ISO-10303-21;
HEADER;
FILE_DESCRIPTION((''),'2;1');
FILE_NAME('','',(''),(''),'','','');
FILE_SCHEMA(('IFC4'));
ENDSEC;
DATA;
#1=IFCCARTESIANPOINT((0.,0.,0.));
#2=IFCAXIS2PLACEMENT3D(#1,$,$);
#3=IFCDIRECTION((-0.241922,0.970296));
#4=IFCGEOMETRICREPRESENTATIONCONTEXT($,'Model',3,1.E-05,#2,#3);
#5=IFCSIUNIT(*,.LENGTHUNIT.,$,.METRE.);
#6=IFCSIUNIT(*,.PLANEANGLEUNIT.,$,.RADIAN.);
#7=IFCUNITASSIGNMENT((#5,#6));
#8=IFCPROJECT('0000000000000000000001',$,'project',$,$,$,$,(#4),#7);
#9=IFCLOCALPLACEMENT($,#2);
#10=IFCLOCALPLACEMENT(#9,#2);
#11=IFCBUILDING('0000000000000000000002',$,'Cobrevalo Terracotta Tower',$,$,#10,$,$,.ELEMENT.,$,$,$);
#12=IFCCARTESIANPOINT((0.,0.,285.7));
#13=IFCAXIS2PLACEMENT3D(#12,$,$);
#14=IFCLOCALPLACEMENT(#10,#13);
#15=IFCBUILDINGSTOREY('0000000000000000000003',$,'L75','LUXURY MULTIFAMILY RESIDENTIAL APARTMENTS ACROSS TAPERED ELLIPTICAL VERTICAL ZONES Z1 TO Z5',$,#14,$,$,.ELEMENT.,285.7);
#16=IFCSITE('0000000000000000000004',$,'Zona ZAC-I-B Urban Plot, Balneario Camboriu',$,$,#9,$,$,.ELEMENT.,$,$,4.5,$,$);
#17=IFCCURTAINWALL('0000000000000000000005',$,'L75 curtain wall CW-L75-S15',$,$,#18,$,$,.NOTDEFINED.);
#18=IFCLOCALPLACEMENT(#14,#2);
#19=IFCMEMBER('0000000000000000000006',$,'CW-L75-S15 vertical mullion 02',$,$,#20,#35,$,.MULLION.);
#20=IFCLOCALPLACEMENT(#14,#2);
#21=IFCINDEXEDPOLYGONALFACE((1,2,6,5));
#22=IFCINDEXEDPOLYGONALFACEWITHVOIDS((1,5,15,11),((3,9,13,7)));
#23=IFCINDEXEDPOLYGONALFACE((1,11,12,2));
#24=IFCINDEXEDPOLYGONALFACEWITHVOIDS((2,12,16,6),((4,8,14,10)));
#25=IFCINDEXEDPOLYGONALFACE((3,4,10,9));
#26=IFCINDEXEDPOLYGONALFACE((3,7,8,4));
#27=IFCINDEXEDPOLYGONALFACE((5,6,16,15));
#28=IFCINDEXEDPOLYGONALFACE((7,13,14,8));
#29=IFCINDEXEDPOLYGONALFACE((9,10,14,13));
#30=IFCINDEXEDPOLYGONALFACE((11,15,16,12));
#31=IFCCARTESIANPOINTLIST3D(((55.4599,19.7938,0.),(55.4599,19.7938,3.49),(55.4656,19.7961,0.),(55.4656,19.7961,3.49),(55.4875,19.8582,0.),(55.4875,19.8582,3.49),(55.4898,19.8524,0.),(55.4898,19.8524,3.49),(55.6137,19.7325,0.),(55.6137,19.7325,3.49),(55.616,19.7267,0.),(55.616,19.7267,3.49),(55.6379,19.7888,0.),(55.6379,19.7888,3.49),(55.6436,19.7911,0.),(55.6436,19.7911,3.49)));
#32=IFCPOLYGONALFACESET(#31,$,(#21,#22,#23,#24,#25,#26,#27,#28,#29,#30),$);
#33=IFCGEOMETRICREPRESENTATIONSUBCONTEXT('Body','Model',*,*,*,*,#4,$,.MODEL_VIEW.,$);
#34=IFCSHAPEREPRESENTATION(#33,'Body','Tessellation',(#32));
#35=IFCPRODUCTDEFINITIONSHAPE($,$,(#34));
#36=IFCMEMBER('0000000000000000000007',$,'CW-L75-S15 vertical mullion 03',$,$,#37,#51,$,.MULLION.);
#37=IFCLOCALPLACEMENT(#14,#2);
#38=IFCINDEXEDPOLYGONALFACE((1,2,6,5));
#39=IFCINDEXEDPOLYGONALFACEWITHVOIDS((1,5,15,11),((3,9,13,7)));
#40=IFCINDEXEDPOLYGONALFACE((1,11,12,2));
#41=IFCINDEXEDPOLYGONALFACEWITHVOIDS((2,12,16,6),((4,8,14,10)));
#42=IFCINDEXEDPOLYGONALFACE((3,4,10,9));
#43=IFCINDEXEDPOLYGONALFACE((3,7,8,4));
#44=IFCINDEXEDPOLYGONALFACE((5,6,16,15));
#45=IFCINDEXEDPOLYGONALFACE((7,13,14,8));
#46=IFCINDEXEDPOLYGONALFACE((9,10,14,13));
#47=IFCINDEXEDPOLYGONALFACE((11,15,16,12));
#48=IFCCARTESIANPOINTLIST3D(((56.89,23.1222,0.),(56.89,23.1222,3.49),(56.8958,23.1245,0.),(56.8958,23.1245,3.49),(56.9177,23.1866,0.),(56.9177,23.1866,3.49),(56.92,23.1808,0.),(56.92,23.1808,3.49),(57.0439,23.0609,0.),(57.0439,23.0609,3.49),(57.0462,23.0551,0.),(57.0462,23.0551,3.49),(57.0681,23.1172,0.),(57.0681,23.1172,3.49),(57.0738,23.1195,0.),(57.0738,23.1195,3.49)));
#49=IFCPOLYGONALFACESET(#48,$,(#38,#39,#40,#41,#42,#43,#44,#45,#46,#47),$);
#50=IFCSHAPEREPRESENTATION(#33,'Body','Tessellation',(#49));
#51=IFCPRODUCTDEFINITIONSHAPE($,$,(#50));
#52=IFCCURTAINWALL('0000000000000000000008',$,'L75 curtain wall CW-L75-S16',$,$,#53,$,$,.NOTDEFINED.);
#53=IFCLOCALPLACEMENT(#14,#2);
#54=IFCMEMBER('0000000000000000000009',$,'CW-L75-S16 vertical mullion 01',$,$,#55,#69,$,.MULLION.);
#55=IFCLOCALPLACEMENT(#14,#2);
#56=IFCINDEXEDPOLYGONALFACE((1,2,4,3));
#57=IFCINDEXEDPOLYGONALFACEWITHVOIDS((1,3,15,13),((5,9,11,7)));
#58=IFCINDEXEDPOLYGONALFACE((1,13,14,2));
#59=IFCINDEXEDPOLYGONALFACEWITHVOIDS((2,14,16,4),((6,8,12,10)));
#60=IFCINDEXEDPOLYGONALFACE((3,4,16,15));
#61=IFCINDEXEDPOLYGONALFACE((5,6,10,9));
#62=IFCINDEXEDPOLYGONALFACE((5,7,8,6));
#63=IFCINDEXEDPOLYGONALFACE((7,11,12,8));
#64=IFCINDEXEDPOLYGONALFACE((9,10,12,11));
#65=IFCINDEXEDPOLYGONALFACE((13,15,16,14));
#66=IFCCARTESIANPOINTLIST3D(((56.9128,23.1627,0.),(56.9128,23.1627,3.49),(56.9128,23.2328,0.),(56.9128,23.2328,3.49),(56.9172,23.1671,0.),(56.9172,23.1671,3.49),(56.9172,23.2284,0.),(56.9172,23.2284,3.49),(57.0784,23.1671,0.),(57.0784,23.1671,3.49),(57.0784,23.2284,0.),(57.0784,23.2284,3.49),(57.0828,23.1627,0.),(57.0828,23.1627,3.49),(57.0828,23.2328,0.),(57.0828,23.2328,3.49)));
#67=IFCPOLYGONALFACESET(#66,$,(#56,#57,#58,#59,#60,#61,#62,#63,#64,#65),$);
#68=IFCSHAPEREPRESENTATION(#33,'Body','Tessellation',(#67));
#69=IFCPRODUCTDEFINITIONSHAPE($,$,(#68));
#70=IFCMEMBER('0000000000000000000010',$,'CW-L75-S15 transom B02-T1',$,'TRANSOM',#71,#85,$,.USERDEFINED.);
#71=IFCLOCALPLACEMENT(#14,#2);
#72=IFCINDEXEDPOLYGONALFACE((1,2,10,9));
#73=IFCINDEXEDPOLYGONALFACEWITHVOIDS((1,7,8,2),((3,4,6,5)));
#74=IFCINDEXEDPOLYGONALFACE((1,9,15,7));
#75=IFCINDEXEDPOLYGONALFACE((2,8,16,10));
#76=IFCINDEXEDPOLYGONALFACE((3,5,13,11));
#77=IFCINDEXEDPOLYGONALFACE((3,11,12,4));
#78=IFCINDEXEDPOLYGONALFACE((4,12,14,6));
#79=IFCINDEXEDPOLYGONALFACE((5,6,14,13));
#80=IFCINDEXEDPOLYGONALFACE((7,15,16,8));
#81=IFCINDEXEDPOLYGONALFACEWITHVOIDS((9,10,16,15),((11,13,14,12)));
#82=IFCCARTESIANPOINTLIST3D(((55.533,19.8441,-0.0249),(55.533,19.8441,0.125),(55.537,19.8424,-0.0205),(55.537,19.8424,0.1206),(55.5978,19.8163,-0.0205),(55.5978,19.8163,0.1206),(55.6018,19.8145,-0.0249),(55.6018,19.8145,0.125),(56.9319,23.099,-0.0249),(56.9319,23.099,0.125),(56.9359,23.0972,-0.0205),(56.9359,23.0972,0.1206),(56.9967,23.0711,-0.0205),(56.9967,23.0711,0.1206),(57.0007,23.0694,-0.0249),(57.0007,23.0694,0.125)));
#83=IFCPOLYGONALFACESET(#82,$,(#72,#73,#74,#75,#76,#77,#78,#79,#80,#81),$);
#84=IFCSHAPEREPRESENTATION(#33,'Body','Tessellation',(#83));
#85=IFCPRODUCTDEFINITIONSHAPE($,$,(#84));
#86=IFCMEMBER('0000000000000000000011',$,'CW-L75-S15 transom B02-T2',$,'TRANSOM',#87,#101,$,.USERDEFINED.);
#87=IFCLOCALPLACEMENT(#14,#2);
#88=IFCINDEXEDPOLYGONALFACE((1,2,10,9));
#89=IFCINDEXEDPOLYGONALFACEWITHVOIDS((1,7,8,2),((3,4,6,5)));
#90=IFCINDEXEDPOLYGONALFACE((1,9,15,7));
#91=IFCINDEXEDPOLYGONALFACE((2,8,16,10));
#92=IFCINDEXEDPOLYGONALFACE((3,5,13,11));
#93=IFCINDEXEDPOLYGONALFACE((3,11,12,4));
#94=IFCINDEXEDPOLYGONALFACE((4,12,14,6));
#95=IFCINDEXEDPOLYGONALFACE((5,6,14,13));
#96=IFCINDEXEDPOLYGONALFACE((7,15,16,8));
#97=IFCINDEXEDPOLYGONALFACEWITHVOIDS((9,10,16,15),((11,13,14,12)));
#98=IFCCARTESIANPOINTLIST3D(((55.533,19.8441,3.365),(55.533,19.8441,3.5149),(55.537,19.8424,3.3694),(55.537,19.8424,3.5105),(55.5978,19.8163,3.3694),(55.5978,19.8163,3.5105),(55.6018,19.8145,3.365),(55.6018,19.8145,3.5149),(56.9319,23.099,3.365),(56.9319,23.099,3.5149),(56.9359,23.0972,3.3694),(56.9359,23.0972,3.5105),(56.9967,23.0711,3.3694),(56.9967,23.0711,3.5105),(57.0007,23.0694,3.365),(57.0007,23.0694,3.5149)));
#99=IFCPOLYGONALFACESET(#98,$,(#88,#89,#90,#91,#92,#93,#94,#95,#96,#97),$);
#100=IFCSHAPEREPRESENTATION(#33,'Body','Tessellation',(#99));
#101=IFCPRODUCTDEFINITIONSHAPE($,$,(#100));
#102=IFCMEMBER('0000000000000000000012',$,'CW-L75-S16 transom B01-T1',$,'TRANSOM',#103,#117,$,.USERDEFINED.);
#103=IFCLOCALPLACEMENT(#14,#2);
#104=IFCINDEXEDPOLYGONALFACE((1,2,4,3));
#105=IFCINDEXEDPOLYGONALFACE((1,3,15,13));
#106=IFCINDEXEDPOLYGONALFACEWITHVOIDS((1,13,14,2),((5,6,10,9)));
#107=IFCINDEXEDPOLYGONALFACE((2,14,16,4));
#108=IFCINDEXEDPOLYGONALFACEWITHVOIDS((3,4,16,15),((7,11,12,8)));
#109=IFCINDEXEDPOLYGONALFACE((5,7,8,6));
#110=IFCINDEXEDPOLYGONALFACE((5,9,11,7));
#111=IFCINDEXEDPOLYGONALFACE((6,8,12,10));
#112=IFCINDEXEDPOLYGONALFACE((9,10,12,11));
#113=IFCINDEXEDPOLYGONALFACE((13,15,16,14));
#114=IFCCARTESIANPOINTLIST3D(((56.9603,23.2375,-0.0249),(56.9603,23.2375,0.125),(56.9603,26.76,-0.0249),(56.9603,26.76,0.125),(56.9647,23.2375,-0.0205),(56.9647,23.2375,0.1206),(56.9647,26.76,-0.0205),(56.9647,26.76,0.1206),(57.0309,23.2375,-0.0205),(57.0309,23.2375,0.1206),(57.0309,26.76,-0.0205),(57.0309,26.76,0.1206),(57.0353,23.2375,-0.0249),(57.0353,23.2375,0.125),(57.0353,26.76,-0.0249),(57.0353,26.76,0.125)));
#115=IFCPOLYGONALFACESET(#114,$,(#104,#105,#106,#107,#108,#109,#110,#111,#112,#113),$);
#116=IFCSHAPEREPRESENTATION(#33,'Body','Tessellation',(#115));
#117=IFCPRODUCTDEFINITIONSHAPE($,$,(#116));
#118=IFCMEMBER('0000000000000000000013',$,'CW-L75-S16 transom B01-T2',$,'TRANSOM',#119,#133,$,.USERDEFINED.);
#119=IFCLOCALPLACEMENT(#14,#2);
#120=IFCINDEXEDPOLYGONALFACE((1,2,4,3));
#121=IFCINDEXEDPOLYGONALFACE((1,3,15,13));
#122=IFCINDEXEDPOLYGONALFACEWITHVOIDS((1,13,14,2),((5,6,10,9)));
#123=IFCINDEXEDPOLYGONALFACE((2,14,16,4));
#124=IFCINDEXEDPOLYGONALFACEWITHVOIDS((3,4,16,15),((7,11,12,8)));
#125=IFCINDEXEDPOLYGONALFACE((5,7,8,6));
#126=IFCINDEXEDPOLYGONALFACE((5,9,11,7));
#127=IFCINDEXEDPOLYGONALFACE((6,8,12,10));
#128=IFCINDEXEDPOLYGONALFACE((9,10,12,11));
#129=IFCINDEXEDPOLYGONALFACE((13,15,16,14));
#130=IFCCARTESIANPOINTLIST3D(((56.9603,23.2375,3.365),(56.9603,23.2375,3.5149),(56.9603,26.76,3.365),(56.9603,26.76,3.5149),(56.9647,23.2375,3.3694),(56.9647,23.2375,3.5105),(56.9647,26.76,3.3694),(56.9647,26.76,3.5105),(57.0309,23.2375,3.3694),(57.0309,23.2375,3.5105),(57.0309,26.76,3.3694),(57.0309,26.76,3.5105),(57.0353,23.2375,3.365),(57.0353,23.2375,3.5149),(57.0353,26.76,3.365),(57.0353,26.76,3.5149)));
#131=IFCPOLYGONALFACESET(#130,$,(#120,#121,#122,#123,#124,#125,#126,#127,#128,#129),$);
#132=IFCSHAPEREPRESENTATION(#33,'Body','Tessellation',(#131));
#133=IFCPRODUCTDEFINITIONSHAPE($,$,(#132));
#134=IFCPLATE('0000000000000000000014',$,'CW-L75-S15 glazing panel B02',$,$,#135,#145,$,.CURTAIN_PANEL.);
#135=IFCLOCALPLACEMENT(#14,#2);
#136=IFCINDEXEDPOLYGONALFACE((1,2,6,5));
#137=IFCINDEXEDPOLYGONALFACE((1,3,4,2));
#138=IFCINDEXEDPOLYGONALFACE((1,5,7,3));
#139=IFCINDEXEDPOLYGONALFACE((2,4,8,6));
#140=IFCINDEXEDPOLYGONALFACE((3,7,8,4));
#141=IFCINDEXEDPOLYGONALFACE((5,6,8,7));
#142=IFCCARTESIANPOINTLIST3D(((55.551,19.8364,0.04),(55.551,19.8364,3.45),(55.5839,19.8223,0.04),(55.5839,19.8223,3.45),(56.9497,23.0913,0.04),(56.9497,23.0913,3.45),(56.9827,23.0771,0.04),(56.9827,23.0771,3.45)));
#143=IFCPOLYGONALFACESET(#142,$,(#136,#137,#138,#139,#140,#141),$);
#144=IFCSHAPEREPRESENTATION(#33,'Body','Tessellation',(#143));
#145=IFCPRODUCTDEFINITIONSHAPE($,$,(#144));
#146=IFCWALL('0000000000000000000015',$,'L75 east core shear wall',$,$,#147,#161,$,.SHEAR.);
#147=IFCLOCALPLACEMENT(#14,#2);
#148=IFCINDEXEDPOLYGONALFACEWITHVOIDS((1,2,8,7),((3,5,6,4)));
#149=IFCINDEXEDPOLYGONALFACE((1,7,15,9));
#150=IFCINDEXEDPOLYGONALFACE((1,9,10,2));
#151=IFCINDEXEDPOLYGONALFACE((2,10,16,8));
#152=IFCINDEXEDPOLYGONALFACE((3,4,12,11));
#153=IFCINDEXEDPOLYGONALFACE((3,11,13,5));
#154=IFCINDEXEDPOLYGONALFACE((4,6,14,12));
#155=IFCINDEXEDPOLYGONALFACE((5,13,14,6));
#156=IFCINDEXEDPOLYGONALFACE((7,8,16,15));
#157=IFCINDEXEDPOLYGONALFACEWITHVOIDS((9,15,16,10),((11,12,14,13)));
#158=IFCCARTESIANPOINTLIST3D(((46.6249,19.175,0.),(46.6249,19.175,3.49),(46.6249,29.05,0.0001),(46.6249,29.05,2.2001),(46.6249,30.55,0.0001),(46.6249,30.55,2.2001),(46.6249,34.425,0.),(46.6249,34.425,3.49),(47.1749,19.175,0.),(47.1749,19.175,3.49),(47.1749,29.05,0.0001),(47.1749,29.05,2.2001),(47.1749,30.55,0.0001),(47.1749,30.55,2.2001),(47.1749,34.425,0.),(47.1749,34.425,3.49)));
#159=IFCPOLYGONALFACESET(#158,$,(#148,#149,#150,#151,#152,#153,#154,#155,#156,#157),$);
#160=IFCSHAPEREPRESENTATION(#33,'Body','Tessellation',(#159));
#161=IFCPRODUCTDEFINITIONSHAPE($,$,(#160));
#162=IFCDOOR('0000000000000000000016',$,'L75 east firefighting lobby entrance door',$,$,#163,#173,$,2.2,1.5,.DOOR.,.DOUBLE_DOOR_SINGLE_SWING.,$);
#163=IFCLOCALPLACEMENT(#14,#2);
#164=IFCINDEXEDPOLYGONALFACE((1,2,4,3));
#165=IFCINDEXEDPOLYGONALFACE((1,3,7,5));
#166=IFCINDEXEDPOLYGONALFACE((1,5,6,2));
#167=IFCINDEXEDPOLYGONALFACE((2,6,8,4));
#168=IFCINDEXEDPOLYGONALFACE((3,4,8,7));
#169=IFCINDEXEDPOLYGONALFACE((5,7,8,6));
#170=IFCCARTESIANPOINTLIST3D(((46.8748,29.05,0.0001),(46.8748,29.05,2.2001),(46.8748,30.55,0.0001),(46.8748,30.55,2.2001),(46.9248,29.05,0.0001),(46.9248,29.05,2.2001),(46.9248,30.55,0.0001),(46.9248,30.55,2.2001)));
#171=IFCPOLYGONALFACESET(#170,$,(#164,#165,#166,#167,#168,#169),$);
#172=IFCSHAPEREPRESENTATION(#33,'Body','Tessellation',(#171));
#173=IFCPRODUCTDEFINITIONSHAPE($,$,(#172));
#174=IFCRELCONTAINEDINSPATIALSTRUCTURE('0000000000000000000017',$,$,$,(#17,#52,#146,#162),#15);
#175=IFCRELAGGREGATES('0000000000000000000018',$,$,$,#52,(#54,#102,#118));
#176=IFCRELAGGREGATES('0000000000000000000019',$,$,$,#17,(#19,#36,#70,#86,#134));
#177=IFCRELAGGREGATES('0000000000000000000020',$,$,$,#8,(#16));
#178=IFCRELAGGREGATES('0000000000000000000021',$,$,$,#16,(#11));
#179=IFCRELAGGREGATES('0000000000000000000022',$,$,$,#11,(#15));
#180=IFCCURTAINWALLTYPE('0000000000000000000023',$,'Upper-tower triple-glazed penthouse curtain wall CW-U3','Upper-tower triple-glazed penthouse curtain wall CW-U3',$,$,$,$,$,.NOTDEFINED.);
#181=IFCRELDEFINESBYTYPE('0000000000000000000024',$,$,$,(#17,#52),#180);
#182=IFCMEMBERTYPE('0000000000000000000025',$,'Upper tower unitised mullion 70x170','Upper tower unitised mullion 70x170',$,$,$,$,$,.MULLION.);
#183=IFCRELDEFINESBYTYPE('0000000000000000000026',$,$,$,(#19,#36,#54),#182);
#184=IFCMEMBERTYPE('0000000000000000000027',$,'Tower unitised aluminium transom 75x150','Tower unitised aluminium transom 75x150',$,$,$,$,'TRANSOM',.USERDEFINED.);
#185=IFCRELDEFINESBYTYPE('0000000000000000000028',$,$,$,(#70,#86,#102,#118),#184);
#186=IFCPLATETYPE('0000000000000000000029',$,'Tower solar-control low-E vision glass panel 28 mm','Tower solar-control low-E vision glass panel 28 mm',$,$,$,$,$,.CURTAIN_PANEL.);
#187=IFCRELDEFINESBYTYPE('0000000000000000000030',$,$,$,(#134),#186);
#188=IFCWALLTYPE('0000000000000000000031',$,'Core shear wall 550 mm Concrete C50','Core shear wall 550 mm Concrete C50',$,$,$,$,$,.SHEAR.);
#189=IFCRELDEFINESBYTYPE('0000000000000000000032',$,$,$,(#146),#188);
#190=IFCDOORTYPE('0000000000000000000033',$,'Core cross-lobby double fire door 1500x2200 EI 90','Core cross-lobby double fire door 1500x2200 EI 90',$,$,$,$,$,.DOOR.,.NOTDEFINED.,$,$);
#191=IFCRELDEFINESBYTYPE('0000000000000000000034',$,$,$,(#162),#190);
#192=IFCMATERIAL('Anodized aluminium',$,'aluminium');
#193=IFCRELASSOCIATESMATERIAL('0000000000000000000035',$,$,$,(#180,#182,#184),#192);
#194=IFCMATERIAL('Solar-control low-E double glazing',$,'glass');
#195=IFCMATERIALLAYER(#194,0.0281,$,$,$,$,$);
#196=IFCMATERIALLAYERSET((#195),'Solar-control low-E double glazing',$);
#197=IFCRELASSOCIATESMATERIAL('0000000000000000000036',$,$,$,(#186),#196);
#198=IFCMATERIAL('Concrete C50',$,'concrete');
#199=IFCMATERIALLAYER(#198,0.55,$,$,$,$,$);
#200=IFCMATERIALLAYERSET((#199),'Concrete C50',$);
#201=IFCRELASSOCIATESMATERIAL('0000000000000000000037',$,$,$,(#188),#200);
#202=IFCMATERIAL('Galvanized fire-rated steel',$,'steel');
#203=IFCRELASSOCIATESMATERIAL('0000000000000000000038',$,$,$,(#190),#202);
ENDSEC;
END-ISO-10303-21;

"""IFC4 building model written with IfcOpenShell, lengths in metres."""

from ifc_helpers import new_model, si_unit, direction, frame, frame_2d, origin, origin_2d, place, context, subcontext, project, spatial, rectangle, hollow_rectangle, extrude, source, transform, mapped, material, layer, layer_set, material_profile, profile_set, type_object, element, fill, aggregate, save


model = new_model("IFC4")

# Units and contexts
model_context = context("Model", 3, precision=1e-05, world=origin(), true_north=direction((-0.241922, 0.970296)))
body_context = subcontext(model_context, "Body", "Model", "MODEL_VIEW")
ifc_project = project(units=[si_unit("LENGTHUNIT", "METRE"), si_unit("PLANEANGLEUNIT", "RADIAN")], contexts=[model_context])

# Site, building, storey
site_placement = place(None, origin())
site = spatial("IfcSite", under=ifc_project, at=site_placement, Name="Zona ZAC-I-B Urban Plot, Balneario Camboriu", CompositionType="ELEMENT", RefElevation=4.5)
building_placement = place(site_placement, origin())
building = spatial("IfcBuilding", under=site, at=building_placement, Name="Cobrevalo Terracotta Tower", CompositionType="ELEMENT")
storey_placement = place(building_placement, frame((0.0, 0.0, 285.7)))
storey = spatial("IfcBuildingStorey", under=building, at=storey_placement, Name="L75", Description="LUXURY MULTIFAMILY RESIDENTIAL APARTMENTS ACROSS TAPERED ELLIPTICAL VERTICAL ZONES Z1 TO Z5", CompositionType="ELEMENT", Elevation=285.7)

# Shared definitions
ifc_material_1 = material(Name="Concrete C50", Category="concrete")

# Curtain wall, members
ifc_material_2 = material(Name="Anodized aluminium", Category="aluminium")
curtain_wall_type = type_object("IfcCurtainWallType", Name="Upper-tower triple-glazed penthouse curtain wall CW-U3", Description="Upper-tower triple-glazed penthouse curtain wall CW-U3", PredefinedType="NOTDEFINED", material=ifc_material_2)
curtain_wall_1_placement = place(storey_placement, origin())
curtain_wall_1 = element("IfcCurtainWall", 1, at=curtain_wall_1_placement, inside=storey, type_object=curtain_wall_type, Name="L75 curtain wall CW-L75-S15", PredefinedType="NOTDEFINED")
ifc_material_profile_1 = material_profile(ifc_material_2, hollow_rectangle(XDim=0.0701, YDim=0.1699, WallThickness=0.0044, at=origin_2d()), Name="CWM 70x170")
ifc_profile_set_1 = profile_set([ifc_material_profile_1], Name="Anodized aluminium")
member_type_1 = type_object("IfcMemberType", Name="Upper tower unitised mullion 70x170", Description="Upper tower unitised mullion 70x170", PredefinedType="MULLION", material=ifc_profile_set_1)
shared_shape_1 = source(origin(), body_context, "Body", "SweptSolid", [
    extrude(hollow_rectangle(XDim=0.0701, YDim=0.1699, WallThickness=0.0044, at=origin_2d()), origin(), (0.0, 0.0, 1.0), 3.49),
])
member_1_placement = place(storey_placement, frame((55.5518, 19.7925, 0.0), z_axis=(0.0, 0.0, 1.0), x_axis=(0.394824, 0.918757, 0.0)))
member_1 = element("IfcMember", 2, at=member_1_placement, type_object=member_type_1, Name="CW-L75-S15 vertical mullion 02", PredefinedType="MULLION", context=body_context, shape_type="MappedRepresentation", body=[
    mapped(shared_shape_1, transform((0.0, 0.0, 0.0), scale=1.0)),
])
member_2_placement = place(storey_placement, frame((56.9819, 23.1208, 0.0), z_axis=(0.0, 0.0, 1.0), x_axis=(0.394824, 0.918757, 0.0)))
member_2 = element("IfcMember", 3, at=member_2_placement, type_object=member_type_1, Name="CW-L75-S15 vertical mullion 03", PredefinedType="MULLION", context=body_context, shape_type="MappedRepresentation", body=[
    mapped(shared_shape_1, transform((0.0, 0.0, 0.0), scale=1.0)),
])

# Curtain wall, member
curtain_wall_2_placement = place(storey_placement, origin())
curtain_wall_2 = element("IfcCurtainWall", 4, at=curtain_wall_2_placement, inside=storey, type_object=curtain_wall_type, Name="L75 curtain wall CW-L75-S16", PredefinedType="NOTDEFINED")
member_3_placement = place(storey_placement, frame((56.9978, 23.1978, 0.0), z_axis=(0.0, 0.0, 1.0), x_axis=(0.0, 1.0, 0.0)))
member_3 = element("IfcMember", 5, at=member_3_placement, type_object=member_type_1, Name="CW-L75-S16 vertical mullion 01", PredefinedType="MULLION", context=body_context, shape_type="MappedRepresentation", body=[
    mapped(shared_shape_1, transform((0.0, 0.0, 0.0), scale=1.0)),
])

# Members
ifc_material_profile_2 = material_profile(ifc_material_2, hollow_rectangle(XDim=0.075, YDim=0.1499, WallThickness=0.0044, at=origin_2d()), Name="CWT 75x150")
ifc_profile_set_2 = profile_set([ifc_material_profile_2], Name="Anodized aluminium")
member_type_2 = type_object("IfcMemberType", Name="Tower unitised aluminium transom 75x150", Description="Tower unitised aluminium transom 75x150", ElementType="TRANSOM", PredefinedType="USERDEFINED", material=ifc_profile_set_2)
shared_shape_2 = source(origin(), body_context, "Body", "SweptSolid", [
    extrude(hollow_rectangle(XDim=0.075, YDim=0.1499, WallThickness=0.0044, at=origin_2d()), origin(), (0.0, 0.0, 1.0), 3.5427),
])
member_4_placement = place(storey_placement, frame((55.5674, 19.8293, 0.05), z_axis=(0.394867, 0.918738, 0.0), x_axis=(-0.918738, 0.394867, 0.0)))
member_4 = element("IfcMember", 6, at=member_4_placement, type_object=member_type_2, Name="CW-L75-S15 transom B02-T1", ObjectType="TRANSOM", PredefinedType="USERDEFINED", context=body_context, shape_type="MappedRepresentation", body=[
    mapped(shared_shape_2, transform((0.0, 0.0, 0.0), scale=1.0)),
])
member_5_placement = place(storey_placement, frame((55.5674, 19.8293, 3.4399), z_axis=(0.394867, 0.918738, 0.0), x_axis=(-0.918738, 0.394867, 0.0)))
member_5 = element("IfcMember", 7, at=member_5_placement, type_object=member_type_2, Name="CW-L75-S15 transom B02-T2", ObjectType="TRANSOM", PredefinedType="USERDEFINED", context=body_context, shape_type="MappedRepresentation", body=[
    mapped(shared_shape_2, transform((0.0, 0.0, 0.0), scale=1.0)),
])
shared_shape_3 = source(origin(), body_context, "Body", "SweptSolid", [
    extrude(hollow_rectangle(XDim=0.075, YDim=0.1499, WallThickness=0.0044, at=origin_2d()), origin(), (0.0, 0.0, 1.0), 3.5225),
])
member_6_placement = place(storey_placement, frame((56.9978, 23.2375, 0.05), z_axis=(0.0, 1.0, 0.0), x_axis=(-1.0, 0.0, 0.0)))
member_6 = element("IfcMember", 8, at=member_6_placement, type_object=member_type_2, Name="CW-L75-S16 transom B01-T1", ObjectType="TRANSOM", PredefinedType="USERDEFINED", context=body_context, shape_type="MappedRepresentation", body=[
    mapped(shared_shape_3, transform((0.0, 0.0, 0.0), scale=1.0)),
])
member_7_placement = place(storey_placement, frame((56.9978, 23.2375, 3.4399), z_axis=(0.0, 1.0, 0.0), x_axis=(-1.0, 0.0, 0.0)))
member_7 = element("IfcMember", 9, at=member_7_placement, type_object=member_type_2, Name="CW-L75-S16 transom B01-T2", ObjectType="TRANSOM", PredefinedType="USERDEFINED", context=body_context, shape_type="MappedRepresentation", body=[
    mapped(shared_shape_3, transform((0.0, 0.0, 0.0), scale=1.0)),
])
aggregate(curtain_wall_2, [member_3, member_6, member_7])

# Plate
ifc_material_3 = material(Name="Solar-control low-E double glazing", Category="glass")
ifc_layer_1 = layer(ifc_material_3, 0.0281)
ifc_layer_set_1 = layer_set([ifc_layer_1], Name="Solar-control low-E double glazing")
plate_type = type_object("IfcPlateType", Name="Tower solar-control low-E vision glass panel 28 mm", Description="Tower solar-control low-E vision glass panel 28 mm", PredefinedType="CURTAIN_PANEL", material=ifc_layer_set_1)
shared_shape_4 = source(origin(), body_context, "Body", "SweptSolid", [
    extrude(rectangle(XDim=3.5427, YDim=0.0359, at=origin_2d()), origin(), (0.0, 0.0, 1.0), 3.4099),
])
plate_placement = place(storey_placement, frame((56.2668, 21.4568, 0.04), z_axis=(0.0, 0.0, 1.0), x_axis=(0.394829, 0.918755, 0.0)))
plate = element("IfcPlate", 10, at=plate_placement, type_object=plate_type, Name="CW-L75-S15 glazing panel B02", PredefinedType="CURTAIN_PANEL", context=body_context, shape_type="MappedRepresentation", body=[
    mapped(shared_shape_4, transform((0.0, 0.0, 0.0), scale=1.0)),
])
aggregate(curtain_wall_1, [member_1, member_2, member_4, member_5, plate])

# Wall, opening, door
ifc_layer_2 = layer(ifc_material_1, 0.55)
ifc_layer_set_2 = layer_set([ifc_layer_2], Name="Concrete C50")
wall_type_1 = type_object("IfcWallType", Name="Core shear wall 550 mm Concrete C50", Description="Core shear wall 550 mm Concrete C50", PredefinedType="SHEAR", material=ifc_layer_set_2)
wall_1_placement = place(storey_placement, frame((46.8999, 19.175, 0.0), z_axis=(0.0, 0.0, 1.0), x_axis=(0.0, 1.0, 0.0)))
wall_1 = element("IfcWall", 11, at=wall_1_placement, inside=storey, type_object=wall_type_1, Name="L75 east core shear wall", PredefinedType="SHEAR", context=body_context, shape_type="SweptSolid", body=[
    extrude(rectangle(XDim=15.25, YDim=0.55, at=frame_2d((7.625, 0.0))), origin(), (0.0, 0.0, 1.0), 3.49),
])
opening_1_placement = place(wall_1_placement, frame((9.875, 0.0, 0.0)))
opening_1 = element("IfcOpeningElement", 12, at=opening_1_placement, cuts=wall_1, PredefinedType="OPENING", context=body_context, shape_type="SweptSolid", body=[
    extrude(rectangle(XDim=1.5, YDim=2.2, at=frame_2d((0.75, 1.1001))), frame((0.0, 0.2852, 0.0), z_axis=(0.0, -1.0, 0.0), x_axis=(1.0, 0.0, 0.0)), (0.0, 0.0, 1.0), 0.5701),
])
ifc_material_4 = material(Name="Galvanized fire-rated steel", Category="steel")
door_type_1 = type_object("IfcDoorType", Name="Core cross-lobby double fire door 1500x2200 EI 90", Description="Core cross-lobby double fire door 1500x2200 EI 90", OperationType="NOTDEFINED", PredefinedType="DOOR", material=ifc_material_4)
shared_shape_5 = source(origin(), body_context, "Body", "SweptSolid", [
    extrude(rectangle(XDim=1.5, YDim=2.2, at=frame_2d((0.75, 1.1001))), frame((0.0, 0.0249, 0.0), z_axis=(0.0, -1.0, 0.0), x_axis=(1.0, 0.0, 0.0)), (0.0, 0.0, 1.0), 0.05),
])
door_1_placement = place(opening_1_placement, frame((1.5, 0.0, 0.0), z_axis=(0.0, 0.0, 1.0), x_axis=(-1.0, 0.0, 0.0)))
door_1 = element("IfcDoor", 13, at=door_1_placement, inside=storey, type_object=door_type_1, Name="L75 east firefighting lobby entrance door", OperationType="DOUBLE_DOOR_SINGLE_SWING", OverallHeight=2.2, OverallWidth=1.5, PredefinedType="DOOR", context=body_context, shape_type="MappedRepresentation", body=[
    mapped(shared_shape_5, transform((0.0, 0.0, 0.0), scale=1.0)),
])
fill(opening_1, door_1)

save(model, "model.ifc")
